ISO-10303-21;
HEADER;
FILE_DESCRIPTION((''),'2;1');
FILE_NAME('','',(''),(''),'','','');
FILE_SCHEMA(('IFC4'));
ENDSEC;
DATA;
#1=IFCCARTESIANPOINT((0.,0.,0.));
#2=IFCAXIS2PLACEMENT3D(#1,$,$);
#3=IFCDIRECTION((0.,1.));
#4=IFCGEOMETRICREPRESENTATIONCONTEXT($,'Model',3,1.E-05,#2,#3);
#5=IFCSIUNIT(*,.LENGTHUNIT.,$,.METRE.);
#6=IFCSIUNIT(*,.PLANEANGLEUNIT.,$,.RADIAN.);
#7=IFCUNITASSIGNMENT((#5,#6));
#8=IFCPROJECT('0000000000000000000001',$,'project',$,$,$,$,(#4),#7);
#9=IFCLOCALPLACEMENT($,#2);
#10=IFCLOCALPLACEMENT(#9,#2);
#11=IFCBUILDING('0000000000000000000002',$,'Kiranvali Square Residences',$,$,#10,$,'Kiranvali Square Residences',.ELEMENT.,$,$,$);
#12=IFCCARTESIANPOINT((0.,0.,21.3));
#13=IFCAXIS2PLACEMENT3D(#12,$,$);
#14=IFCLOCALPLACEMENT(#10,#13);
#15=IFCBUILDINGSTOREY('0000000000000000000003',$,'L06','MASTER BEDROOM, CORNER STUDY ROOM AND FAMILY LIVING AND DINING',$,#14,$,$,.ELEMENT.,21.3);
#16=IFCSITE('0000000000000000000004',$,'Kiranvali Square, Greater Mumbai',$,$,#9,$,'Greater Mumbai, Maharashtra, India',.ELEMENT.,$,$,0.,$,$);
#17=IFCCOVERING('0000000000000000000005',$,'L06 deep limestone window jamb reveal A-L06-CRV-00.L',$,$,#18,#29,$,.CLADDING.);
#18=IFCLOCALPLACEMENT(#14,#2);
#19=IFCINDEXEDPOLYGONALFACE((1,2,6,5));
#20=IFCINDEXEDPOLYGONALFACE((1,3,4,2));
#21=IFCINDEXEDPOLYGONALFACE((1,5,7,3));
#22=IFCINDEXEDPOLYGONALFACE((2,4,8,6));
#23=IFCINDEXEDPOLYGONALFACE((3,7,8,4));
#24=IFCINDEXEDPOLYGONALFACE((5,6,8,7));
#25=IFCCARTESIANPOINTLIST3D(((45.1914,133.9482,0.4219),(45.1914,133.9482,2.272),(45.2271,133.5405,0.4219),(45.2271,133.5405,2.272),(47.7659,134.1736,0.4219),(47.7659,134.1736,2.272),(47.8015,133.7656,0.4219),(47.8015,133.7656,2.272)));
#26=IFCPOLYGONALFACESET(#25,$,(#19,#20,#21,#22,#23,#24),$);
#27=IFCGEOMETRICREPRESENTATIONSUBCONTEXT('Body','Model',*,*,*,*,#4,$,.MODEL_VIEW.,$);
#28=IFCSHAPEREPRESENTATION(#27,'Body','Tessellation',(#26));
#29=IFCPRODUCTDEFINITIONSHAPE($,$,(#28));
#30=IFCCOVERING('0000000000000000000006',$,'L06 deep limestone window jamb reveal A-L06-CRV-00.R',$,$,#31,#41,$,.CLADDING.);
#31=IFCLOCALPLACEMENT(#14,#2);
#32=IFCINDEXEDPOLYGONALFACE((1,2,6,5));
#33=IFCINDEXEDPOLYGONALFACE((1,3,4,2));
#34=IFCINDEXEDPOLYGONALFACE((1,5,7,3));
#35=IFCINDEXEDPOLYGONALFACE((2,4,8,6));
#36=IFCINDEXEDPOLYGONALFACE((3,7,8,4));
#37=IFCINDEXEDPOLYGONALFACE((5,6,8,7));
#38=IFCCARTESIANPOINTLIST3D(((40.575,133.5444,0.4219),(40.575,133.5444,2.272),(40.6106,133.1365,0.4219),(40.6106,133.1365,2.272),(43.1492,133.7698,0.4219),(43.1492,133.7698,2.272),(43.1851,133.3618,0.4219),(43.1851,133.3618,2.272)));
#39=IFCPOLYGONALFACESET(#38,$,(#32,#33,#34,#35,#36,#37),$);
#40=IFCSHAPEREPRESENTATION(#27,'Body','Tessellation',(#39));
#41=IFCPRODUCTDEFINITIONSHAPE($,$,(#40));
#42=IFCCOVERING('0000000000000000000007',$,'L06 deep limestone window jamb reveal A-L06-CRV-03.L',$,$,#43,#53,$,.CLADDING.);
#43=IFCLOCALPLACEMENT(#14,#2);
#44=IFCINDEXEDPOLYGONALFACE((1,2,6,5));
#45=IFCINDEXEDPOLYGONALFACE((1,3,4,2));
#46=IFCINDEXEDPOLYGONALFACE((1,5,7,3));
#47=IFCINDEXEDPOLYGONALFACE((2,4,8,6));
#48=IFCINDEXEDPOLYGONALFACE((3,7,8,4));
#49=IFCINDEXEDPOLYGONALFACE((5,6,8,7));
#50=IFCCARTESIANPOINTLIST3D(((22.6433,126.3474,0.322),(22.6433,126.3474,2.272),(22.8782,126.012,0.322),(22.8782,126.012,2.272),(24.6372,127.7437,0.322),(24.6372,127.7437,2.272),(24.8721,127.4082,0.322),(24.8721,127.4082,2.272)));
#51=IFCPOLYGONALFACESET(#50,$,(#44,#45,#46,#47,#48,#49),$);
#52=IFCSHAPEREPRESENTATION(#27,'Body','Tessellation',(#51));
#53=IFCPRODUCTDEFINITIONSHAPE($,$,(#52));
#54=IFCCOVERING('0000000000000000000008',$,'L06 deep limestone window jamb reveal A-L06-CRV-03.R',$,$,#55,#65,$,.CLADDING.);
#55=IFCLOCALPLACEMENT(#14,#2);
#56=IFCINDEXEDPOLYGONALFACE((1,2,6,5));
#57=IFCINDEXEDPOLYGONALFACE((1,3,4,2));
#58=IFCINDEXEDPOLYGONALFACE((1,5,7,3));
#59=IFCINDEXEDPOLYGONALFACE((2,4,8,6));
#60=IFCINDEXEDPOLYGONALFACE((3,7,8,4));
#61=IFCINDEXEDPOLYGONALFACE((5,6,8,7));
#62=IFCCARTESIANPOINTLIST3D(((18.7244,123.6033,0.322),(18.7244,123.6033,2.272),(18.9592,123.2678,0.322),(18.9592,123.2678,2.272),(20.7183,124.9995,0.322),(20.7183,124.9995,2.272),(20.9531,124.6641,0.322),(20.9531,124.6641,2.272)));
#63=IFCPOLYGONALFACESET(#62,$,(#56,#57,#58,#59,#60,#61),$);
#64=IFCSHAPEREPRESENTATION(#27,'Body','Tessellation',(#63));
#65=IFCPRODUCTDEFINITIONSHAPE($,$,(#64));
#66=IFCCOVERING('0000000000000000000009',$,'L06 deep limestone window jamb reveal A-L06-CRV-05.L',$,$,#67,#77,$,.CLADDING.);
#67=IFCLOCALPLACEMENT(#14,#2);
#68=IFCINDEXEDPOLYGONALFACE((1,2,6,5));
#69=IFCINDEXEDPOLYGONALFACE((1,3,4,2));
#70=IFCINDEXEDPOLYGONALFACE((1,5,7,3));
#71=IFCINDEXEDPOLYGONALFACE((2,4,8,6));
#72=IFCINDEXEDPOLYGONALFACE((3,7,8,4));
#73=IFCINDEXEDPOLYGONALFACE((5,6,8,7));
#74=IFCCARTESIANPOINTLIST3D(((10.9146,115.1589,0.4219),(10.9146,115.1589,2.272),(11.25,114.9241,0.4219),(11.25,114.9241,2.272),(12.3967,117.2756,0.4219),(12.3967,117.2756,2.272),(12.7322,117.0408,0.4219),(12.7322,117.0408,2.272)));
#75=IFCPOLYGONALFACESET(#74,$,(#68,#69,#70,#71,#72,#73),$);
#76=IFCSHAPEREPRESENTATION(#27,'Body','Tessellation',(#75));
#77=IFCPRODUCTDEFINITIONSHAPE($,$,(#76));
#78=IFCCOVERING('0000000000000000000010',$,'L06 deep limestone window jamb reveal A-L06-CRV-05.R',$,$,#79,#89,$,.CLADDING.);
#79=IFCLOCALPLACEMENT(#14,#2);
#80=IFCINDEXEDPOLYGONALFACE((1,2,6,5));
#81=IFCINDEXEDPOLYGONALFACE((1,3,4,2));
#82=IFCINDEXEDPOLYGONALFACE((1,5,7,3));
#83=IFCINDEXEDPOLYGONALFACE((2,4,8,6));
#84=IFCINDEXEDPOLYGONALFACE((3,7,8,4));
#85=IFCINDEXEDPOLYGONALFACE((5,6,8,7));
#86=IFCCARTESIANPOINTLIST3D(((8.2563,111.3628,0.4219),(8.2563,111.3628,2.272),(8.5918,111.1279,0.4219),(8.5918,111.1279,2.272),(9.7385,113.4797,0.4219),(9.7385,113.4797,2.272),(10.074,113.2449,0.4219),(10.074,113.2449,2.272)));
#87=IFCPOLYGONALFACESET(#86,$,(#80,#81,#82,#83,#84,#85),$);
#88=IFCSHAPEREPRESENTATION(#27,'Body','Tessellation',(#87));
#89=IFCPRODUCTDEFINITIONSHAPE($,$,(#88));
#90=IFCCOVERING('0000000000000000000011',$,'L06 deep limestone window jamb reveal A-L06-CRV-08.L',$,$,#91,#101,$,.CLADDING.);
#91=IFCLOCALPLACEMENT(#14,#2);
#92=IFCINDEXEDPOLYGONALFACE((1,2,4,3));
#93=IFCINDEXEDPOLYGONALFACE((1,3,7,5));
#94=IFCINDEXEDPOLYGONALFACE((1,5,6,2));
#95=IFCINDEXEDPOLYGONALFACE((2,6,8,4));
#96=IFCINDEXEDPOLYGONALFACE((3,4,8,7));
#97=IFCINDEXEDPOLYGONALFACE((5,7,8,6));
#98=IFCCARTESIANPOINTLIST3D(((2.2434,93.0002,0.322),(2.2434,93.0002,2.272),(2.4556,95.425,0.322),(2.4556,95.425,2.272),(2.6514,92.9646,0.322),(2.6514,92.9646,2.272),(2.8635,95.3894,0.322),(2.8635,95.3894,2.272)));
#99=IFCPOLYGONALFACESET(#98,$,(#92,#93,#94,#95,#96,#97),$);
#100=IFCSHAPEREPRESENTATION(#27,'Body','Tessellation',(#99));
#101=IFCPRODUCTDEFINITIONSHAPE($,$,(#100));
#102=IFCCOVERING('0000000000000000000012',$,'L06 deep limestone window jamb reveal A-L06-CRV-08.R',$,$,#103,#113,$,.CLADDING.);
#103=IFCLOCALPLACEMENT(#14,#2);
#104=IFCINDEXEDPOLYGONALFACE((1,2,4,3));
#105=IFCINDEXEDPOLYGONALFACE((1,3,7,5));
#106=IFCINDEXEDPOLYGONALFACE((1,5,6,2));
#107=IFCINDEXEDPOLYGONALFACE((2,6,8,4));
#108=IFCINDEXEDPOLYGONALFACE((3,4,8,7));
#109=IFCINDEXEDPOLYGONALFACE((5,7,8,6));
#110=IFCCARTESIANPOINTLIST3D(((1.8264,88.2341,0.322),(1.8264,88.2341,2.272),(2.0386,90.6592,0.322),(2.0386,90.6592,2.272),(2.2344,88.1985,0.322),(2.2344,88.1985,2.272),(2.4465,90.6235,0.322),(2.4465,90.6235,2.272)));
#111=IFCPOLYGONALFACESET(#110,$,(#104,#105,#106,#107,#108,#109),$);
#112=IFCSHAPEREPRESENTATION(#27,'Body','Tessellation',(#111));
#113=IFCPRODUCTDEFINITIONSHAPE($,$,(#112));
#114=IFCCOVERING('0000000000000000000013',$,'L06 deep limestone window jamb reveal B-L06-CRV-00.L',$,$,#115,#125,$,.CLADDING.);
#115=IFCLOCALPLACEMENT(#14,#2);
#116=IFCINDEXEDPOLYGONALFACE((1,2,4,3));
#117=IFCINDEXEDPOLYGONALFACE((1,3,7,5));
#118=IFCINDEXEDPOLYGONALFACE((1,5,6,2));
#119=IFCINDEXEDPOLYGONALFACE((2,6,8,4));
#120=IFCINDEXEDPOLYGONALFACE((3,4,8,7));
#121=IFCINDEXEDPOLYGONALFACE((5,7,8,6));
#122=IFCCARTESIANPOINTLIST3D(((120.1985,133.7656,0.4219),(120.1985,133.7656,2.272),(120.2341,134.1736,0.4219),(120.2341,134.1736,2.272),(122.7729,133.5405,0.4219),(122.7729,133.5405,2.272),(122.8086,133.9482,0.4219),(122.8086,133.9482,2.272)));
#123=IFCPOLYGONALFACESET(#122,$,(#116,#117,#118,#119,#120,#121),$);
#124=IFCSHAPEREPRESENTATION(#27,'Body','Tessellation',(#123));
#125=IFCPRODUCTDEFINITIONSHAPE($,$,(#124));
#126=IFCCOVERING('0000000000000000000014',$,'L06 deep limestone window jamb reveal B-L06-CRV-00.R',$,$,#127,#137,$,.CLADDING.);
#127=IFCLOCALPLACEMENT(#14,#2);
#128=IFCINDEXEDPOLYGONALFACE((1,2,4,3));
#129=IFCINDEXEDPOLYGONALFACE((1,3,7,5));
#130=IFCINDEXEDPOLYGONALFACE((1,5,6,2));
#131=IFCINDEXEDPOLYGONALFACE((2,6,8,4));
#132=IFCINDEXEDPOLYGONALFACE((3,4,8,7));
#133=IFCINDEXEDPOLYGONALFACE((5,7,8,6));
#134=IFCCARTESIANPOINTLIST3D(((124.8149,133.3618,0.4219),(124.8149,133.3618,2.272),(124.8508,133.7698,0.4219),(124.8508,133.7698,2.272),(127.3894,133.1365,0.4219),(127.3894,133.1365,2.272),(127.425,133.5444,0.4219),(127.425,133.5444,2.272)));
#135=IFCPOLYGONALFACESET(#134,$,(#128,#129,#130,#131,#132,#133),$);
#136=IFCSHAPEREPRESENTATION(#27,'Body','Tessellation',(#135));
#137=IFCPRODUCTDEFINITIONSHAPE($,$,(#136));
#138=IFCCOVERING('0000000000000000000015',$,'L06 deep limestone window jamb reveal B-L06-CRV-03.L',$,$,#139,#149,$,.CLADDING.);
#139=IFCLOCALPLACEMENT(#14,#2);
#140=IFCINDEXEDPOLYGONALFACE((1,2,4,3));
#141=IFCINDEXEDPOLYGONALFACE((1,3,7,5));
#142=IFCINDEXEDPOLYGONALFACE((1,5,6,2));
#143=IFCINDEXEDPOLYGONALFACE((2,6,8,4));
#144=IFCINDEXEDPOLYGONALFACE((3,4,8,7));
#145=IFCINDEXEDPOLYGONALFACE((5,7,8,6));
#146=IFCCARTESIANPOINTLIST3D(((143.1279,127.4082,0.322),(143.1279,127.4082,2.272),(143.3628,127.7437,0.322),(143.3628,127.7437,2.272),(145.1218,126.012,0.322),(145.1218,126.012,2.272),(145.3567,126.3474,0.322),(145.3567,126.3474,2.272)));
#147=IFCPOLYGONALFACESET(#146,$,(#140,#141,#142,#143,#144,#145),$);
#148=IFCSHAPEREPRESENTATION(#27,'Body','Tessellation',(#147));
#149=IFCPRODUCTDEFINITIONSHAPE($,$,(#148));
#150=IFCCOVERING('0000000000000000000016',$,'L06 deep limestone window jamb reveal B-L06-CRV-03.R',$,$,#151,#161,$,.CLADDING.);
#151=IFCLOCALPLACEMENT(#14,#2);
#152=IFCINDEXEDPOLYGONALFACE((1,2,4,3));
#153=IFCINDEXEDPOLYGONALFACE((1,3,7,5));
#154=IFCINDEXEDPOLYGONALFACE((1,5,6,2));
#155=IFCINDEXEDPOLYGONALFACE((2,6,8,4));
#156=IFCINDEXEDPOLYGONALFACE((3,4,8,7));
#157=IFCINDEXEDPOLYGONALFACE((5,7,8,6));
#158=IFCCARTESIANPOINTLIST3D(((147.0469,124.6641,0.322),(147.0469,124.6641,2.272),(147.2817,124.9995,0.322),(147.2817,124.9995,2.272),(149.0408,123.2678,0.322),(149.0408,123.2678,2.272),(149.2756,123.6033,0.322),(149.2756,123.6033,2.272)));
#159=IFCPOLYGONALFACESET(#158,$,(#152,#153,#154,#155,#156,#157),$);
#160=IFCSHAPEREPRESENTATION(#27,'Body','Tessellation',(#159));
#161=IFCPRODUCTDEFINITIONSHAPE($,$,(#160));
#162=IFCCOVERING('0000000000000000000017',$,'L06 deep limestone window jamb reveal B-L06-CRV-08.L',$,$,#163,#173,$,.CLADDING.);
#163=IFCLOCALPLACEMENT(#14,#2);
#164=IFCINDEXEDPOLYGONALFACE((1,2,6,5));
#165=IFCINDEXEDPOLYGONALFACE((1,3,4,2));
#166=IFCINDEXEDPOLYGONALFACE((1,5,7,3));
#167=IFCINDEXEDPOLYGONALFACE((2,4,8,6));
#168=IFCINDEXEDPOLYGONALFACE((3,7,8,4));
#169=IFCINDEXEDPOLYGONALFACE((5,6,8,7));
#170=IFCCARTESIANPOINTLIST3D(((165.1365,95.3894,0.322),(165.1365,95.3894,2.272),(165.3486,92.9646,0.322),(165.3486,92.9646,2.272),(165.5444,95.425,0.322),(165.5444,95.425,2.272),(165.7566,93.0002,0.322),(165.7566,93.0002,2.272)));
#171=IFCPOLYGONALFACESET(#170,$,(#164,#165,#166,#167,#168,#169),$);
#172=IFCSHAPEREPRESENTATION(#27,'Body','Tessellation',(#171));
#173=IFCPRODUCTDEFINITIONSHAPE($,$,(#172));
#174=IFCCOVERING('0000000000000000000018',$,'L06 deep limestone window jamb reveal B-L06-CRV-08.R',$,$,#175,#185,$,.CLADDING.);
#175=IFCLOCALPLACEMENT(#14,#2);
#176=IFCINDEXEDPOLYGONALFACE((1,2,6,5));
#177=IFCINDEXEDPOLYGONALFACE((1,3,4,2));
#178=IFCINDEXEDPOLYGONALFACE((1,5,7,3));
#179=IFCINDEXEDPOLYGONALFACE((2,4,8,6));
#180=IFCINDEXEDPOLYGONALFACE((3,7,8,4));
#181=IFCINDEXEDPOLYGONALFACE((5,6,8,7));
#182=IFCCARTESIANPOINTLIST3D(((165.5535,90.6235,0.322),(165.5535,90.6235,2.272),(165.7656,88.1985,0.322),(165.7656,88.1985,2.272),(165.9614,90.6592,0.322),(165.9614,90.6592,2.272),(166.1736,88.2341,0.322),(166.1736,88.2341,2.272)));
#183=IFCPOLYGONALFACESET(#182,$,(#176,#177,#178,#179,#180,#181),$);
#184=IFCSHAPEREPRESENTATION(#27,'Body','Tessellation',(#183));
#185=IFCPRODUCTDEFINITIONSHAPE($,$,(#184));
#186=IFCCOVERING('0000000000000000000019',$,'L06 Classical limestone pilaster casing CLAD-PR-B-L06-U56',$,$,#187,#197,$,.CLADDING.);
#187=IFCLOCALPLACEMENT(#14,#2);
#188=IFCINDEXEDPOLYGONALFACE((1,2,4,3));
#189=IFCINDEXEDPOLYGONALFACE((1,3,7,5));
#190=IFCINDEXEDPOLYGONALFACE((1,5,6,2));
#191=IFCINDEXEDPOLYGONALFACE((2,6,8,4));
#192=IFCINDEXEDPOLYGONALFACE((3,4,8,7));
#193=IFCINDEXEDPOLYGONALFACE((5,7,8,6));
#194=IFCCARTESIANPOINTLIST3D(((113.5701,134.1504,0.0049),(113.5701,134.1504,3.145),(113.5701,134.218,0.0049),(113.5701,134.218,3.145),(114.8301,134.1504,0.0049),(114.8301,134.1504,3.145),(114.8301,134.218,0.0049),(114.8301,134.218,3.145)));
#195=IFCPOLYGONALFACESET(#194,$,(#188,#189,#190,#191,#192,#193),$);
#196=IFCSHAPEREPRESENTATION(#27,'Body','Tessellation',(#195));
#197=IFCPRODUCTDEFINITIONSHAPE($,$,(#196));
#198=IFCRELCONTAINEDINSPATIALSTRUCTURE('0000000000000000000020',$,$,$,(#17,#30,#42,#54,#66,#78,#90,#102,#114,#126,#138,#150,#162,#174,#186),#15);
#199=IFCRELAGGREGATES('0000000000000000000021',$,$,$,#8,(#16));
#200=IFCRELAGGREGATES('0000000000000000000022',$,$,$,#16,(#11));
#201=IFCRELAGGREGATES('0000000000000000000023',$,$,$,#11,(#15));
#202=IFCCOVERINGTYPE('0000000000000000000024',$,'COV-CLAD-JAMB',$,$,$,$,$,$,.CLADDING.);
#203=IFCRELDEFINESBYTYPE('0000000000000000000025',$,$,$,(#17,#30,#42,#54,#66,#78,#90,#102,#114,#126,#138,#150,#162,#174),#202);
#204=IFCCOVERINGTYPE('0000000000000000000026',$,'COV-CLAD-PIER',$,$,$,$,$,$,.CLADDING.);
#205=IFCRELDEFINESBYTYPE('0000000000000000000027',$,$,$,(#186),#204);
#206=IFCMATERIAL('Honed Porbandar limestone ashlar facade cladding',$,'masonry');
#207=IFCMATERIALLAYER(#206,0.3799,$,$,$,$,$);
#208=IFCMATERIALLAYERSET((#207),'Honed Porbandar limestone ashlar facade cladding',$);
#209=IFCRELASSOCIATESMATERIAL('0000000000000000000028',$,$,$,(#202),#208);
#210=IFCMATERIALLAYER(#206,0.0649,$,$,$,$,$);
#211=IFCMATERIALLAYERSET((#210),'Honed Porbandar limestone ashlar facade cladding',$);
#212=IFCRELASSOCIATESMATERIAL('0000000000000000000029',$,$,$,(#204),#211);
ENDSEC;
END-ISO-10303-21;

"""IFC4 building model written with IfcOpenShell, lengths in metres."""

from ifc_helpers import new_model, si_unit, direction, frame, origin, place, context, subcontext, project, spatial, polyline, outline, extrude, material, layer, layer_set, type_object, element, save


model = new_model("IFC4")

# Units and contexts
model_context = context("Model", 3, precision=1e-05, world=origin(), true_north=direction((0.0, 1.0)))
body_context = subcontext(model_context, "Body", "Model", "MODEL_VIEW")
ifc_project = project(units=[si_unit("LENGTHUNIT", "METRE"), si_unit("PLANEANGLEUNIT", "RADIAN")], contexts=[model_context])

# Site, building, storey
site_placement = place(None, origin())
site = spatial("IfcSite", under=ifc_project, at=site_placement, Name="Kiranvali Square, Greater Mumbai", LongName="Greater Mumbai, Maharashtra, India", CompositionType="ELEMENT", RefElevation=0.0)
building_placement = place(site_placement, origin())
building = spatial("IfcBuilding", under=site, at=building_placement, Name="Kiranvali Square Residences", LongName="Kiranvali Square Residences", CompositionType="ELEMENT")
storey_placement = place(building_placement, frame((0.0, 0.0, 21.3)))
storey = spatial("IfcBuildingStorey", under=building, at=storey_placement, Name="L06", Description="MASTER BEDROOM, CORNER STUDY ROOM AND FAMILY LIVING AND DINING", CompositionType="ELEMENT", Elevation=21.3)

# Coverings
ifc_material = material(Name="Honed Porbandar limestone ashlar facade cladding", Category="masonry")
ifc_layer_1 = layer(ifc_material, 0.3799)
ifc_layer_set_1 = layer_set([ifc_layer_1], Name="Honed Porbandar limestone ashlar facade cladding")
covering_type_1 = type_object("IfcCoveringType", Name="COV-CLAD-JAMB", PredefinedType="CLADDING", material=ifc_layer_set_1)
covering_1_placement = place(storey_placement, frame((0.0, 0.0, 0.4219)))
element("IfcCovering", 1, at=covering_1_placement, inside=storey, type_object=covering_type_1, Name="L06 deep limestone window jamb reveal A-L06-CRV-00.L", PredefinedType="CLADDING", context=body_context, shape_type="SweptSolid", body=[
    extrude(outline(polyline([(47.7659, 134.1736), (45.1914, 133.9482), (45.2271, 133.5405), (47.8015, 133.7656), (47.7659, 134.1736)])), origin(), (0.0, 0.0, 1.0), 1.8501),
])
covering_2_placement = place(storey_placement, frame((0.0, 0.0, 0.4219)))
element("IfcCovering", 2, at=covering_2_placement, inside=storey, type_object=covering_type_1, Name="L06 deep limestone window jamb reveal A-L06-CRV-00.R", PredefinedType="CLADDING", context=body_context, shape_type="SweptSolid", body=[
    extrude(outline(polyline([(43.1492, 133.7698), (40.575, 133.5444), (40.6106, 133.1365), (43.1851, 133.3618), (43.1492, 133.7698)])), origin(), (0.0, 0.0, 1.0), 1.8501),
])
covering_3_placement = place(storey_placement, frame((0.0, 0.0, 0.322)))
element("IfcCovering", 3, at=covering_3_placement, inside=storey, type_object=covering_type_1, Name="L06 deep limestone window jamb reveal A-L06-CRV-03.L", PredefinedType="CLADDING", context=body_context, shape_type="SweptSolid", body=[
    extrude(outline(polyline([(24.6372, 127.7437), (22.6433, 126.3474), (22.8782, 126.012), (24.8721, 127.4082), (24.6372, 127.7437)])), origin(), (0.0, 0.0, 1.0), 1.95),
])
covering_4_placement = place(storey_placement, frame((0.0, 0.0, 0.322)))
element("IfcCovering", 4, at=covering_4_placement, inside=storey, type_object=covering_type_1, Name="L06 deep limestone window jamb reveal A-L06-CRV-03.R", PredefinedType="CLADDING", context=body_context, shape_type="SweptSolid", body=[
    extrude(outline(polyline([(20.7183, 124.9995), (18.7244, 123.6033), (18.9592, 123.2678), (20.9531, 124.6641), (20.7183, 124.9995)])), origin(), (0.0, 0.0, 1.0), 1.95),
])
covering_5_placement = place(storey_placement, frame((0.0, 0.0, 0.4219)))
element("IfcCovering", 5, at=covering_5_placement, inside=storey, type_object=covering_type_1, Name="L06 deep limestone window jamb reveal A-L06-CRV-05.L", PredefinedType="CLADDING", context=body_context, shape_type="SweptSolid", body=[
    extrude(outline(polyline([(12.3967, 117.2756), (10.9146, 115.1589), (11.25, 114.9241), (12.7322, 117.0408), (12.3967, 117.2756)])), origin(), (0.0, 0.0, 1.0), 1.8501),
])
covering_6_placement = place(storey_placement, frame((0.0, 0.0, 0.4219)))
element("IfcCovering", 6, at=covering_6_placement, inside=storey, type_object=covering_type_1, Name="L06 deep limestone window jamb reveal A-L06-CRV-05.R", PredefinedType="CLADDING", context=body_context, shape_type="SweptSolid", body=[
    extrude(outline(polyline([(9.7385, 113.4797), (8.2563, 111.3628), (8.5918, 111.1279), (10.074, 113.2449), (9.7385, 113.4797)])), origin(), (0.0, 0.0, 1.0), 1.8501),
])
covering_7_placement = place(storey_placement, frame((0.0, 0.0, 0.322)))
element("IfcCovering", 7, at=covering_7_placement, inside=storey, type_object=covering_type_1, Name="L06 deep limestone window jamb reveal A-L06-CRV-08.L", PredefinedType="CLADDING", context=body_context, shape_type="SweptSolid", body=[
    extrude(outline(polyline([(2.4556, 95.425), (2.2434, 93.0002), (2.6514, 92.9646), (2.8635, 95.3894), (2.4556, 95.425)])), origin(), (0.0, 0.0, 1.0), 1.95),
])
covering_8_placement = place(storey_placement, frame((0.0, 0.0, 0.322)))
element("IfcCovering", 8, at=covering_8_placement, inside=storey, type_object=covering_type_1, Name="L06 deep limestone window jamb reveal A-L06-CRV-08.R", PredefinedType="CLADDING", context=body_context, shape_type="SweptSolid", body=[
    extrude(outline(polyline([(2.0386, 90.6592), (1.8264, 88.2341), (2.2344, 88.1985), (2.4465, 90.6235), (2.0386, 90.6592)])), origin(), (0.0, 0.0, 1.0), 1.95),
])
covering_9_placement = place(storey_placement, frame((0.0, 0.0, 0.4219)))
element("IfcCovering", 9, at=covering_9_placement, inside=storey, type_object=covering_type_1, Name="L06 deep limestone window jamb reveal B-L06-CRV-00.L", PredefinedType="CLADDING", context=body_context, shape_type="SweptSolid", body=[
    extrude(outline(polyline([(120.1985, 133.7656), (122.7729, 133.5405), (122.8086, 133.9482), (120.2341, 134.1736), (120.1985, 133.7656)])), origin(), (0.0, 0.0, 1.0), 1.8501),
])
covering_10_placement = place(storey_placement, frame((0.0, 0.0, 0.4219)))
element("IfcCovering", 10, at=covering_10_placement, inside=storey, type_object=covering_type_1, Name="L06 deep limestone window jamb reveal B-L06-CRV-00.R", PredefinedType="CLADDING", context=body_context, shape_type="SweptSolid", body=[
    extrude(outline(polyline([(124.8149, 133.3618), (127.3894, 133.1365), (127.425, 133.5444), (124.8508, 133.7698), (124.8149, 133.3618)])), origin(), (0.0, 0.0, 1.0), 1.8501),
])
covering_11_placement = place(storey_placement, frame((0.0, 0.0, 0.322)))
element("IfcCovering", 11, at=covering_11_placement, inside=storey, type_object=covering_type_1, Name="L06 deep limestone window jamb reveal B-L06-CRV-03.L", PredefinedType="CLADDING", context=body_context, shape_type="SweptSolid", body=[
    extrude(outline(polyline([(143.1279, 127.4082), (145.1218, 126.012), (145.3567, 126.3474), (143.3628, 127.7437), (143.1279, 127.4082)])), origin(), (0.0, 0.0, 1.0), 1.95),
])
covering_12_placement = place(storey_placement, frame((0.0, 0.0, 0.322)))
element("IfcCovering", 12, at=covering_12_placement, inside=storey, type_object=covering_type_1, Name="L06 deep limestone window jamb reveal B-L06-CRV-03.R", PredefinedType="CLADDING", context=body_context, shape_type="SweptSolid", body=[
    extrude(outline(polyline([(147.0469, 124.6641), (149.0408, 123.2678), (149.2756, 123.6033), (147.2817, 124.9995), (147.0469, 124.6641)])), origin(), (0.0, 0.0, 1.0), 1.95),
])
covering_13_placement = place(storey_placement, frame((0.0, 0.0, 0.322)))
element("IfcCovering", 13, at=covering_13_placement, inside=storey, type_object=covering_type_1, Name="L06 deep limestone window jamb reveal B-L06-CRV-08.L", PredefinedType="CLADDING", context=body_context, shape_type="SweptSolid", body=[
    extrude(outline(polyline([(165.1365, 95.3894), (165.3486, 92.9646), (165.7566, 93.0002), (165.5444, 95.425), (165.1365, 95.3894)])), origin(), (0.0, 0.0, 1.0), 1.95),
])
covering_14_placement = place(storey_placement, frame((0.0, 0.0, 0.322)))
element("IfcCovering", 14, at=covering_14_placement, inside=storey, type_object=covering_type_1, Name="L06 deep limestone window jamb reveal B-L06-CRV-08.R", PredefinedType="CLADDING", context=body_context, shape_type="SweptSolid", body=[
    extrude(outline(polyline([(165.5535, 90.6235), (165.7656, 88.1985), (166.1736, 88.2341), (165.9614, 90.6592), (165.5535, 90.6235)])), origin(), (0.0, 0.0, 1.0), 1.95),
])
ifc_layer_2 = layer(ifc_material, 0.0649)
ifc_layer_set_2 = layer_set([ifc_layer_2], Name="Honed Porbandar limestone ashlar facade cladding")
covering_type_2 = type_object("IfcCoveringType", Name="COV-CLAD-PIER", PredefinedType="CLADDING", material=ifc_layer_set_2)
covering_15_placement = place(storey_placement, frame((0.0, 0.0, 0.0049)))
element("IfcCovering", 15, at=covering_15_placement, inside=storey, type_object=covering_type_2, Name="L06 Classical limestone pilaster casing CLAD-PR-B-L06-U56", PredefinedType="CLADDING", context=body_context, shape_type="SweptSolid", body=[
    extrude(outline(polyline([(114.8301, 134.218), (113.5701, 134.218), (113.5701, 134.1504), (114.8301, 134.1504), (114.8301, 134.218)])), origin(), (0.0, 0.0, 1.0), 3.1401),
])

save(model, "model.ifc")
